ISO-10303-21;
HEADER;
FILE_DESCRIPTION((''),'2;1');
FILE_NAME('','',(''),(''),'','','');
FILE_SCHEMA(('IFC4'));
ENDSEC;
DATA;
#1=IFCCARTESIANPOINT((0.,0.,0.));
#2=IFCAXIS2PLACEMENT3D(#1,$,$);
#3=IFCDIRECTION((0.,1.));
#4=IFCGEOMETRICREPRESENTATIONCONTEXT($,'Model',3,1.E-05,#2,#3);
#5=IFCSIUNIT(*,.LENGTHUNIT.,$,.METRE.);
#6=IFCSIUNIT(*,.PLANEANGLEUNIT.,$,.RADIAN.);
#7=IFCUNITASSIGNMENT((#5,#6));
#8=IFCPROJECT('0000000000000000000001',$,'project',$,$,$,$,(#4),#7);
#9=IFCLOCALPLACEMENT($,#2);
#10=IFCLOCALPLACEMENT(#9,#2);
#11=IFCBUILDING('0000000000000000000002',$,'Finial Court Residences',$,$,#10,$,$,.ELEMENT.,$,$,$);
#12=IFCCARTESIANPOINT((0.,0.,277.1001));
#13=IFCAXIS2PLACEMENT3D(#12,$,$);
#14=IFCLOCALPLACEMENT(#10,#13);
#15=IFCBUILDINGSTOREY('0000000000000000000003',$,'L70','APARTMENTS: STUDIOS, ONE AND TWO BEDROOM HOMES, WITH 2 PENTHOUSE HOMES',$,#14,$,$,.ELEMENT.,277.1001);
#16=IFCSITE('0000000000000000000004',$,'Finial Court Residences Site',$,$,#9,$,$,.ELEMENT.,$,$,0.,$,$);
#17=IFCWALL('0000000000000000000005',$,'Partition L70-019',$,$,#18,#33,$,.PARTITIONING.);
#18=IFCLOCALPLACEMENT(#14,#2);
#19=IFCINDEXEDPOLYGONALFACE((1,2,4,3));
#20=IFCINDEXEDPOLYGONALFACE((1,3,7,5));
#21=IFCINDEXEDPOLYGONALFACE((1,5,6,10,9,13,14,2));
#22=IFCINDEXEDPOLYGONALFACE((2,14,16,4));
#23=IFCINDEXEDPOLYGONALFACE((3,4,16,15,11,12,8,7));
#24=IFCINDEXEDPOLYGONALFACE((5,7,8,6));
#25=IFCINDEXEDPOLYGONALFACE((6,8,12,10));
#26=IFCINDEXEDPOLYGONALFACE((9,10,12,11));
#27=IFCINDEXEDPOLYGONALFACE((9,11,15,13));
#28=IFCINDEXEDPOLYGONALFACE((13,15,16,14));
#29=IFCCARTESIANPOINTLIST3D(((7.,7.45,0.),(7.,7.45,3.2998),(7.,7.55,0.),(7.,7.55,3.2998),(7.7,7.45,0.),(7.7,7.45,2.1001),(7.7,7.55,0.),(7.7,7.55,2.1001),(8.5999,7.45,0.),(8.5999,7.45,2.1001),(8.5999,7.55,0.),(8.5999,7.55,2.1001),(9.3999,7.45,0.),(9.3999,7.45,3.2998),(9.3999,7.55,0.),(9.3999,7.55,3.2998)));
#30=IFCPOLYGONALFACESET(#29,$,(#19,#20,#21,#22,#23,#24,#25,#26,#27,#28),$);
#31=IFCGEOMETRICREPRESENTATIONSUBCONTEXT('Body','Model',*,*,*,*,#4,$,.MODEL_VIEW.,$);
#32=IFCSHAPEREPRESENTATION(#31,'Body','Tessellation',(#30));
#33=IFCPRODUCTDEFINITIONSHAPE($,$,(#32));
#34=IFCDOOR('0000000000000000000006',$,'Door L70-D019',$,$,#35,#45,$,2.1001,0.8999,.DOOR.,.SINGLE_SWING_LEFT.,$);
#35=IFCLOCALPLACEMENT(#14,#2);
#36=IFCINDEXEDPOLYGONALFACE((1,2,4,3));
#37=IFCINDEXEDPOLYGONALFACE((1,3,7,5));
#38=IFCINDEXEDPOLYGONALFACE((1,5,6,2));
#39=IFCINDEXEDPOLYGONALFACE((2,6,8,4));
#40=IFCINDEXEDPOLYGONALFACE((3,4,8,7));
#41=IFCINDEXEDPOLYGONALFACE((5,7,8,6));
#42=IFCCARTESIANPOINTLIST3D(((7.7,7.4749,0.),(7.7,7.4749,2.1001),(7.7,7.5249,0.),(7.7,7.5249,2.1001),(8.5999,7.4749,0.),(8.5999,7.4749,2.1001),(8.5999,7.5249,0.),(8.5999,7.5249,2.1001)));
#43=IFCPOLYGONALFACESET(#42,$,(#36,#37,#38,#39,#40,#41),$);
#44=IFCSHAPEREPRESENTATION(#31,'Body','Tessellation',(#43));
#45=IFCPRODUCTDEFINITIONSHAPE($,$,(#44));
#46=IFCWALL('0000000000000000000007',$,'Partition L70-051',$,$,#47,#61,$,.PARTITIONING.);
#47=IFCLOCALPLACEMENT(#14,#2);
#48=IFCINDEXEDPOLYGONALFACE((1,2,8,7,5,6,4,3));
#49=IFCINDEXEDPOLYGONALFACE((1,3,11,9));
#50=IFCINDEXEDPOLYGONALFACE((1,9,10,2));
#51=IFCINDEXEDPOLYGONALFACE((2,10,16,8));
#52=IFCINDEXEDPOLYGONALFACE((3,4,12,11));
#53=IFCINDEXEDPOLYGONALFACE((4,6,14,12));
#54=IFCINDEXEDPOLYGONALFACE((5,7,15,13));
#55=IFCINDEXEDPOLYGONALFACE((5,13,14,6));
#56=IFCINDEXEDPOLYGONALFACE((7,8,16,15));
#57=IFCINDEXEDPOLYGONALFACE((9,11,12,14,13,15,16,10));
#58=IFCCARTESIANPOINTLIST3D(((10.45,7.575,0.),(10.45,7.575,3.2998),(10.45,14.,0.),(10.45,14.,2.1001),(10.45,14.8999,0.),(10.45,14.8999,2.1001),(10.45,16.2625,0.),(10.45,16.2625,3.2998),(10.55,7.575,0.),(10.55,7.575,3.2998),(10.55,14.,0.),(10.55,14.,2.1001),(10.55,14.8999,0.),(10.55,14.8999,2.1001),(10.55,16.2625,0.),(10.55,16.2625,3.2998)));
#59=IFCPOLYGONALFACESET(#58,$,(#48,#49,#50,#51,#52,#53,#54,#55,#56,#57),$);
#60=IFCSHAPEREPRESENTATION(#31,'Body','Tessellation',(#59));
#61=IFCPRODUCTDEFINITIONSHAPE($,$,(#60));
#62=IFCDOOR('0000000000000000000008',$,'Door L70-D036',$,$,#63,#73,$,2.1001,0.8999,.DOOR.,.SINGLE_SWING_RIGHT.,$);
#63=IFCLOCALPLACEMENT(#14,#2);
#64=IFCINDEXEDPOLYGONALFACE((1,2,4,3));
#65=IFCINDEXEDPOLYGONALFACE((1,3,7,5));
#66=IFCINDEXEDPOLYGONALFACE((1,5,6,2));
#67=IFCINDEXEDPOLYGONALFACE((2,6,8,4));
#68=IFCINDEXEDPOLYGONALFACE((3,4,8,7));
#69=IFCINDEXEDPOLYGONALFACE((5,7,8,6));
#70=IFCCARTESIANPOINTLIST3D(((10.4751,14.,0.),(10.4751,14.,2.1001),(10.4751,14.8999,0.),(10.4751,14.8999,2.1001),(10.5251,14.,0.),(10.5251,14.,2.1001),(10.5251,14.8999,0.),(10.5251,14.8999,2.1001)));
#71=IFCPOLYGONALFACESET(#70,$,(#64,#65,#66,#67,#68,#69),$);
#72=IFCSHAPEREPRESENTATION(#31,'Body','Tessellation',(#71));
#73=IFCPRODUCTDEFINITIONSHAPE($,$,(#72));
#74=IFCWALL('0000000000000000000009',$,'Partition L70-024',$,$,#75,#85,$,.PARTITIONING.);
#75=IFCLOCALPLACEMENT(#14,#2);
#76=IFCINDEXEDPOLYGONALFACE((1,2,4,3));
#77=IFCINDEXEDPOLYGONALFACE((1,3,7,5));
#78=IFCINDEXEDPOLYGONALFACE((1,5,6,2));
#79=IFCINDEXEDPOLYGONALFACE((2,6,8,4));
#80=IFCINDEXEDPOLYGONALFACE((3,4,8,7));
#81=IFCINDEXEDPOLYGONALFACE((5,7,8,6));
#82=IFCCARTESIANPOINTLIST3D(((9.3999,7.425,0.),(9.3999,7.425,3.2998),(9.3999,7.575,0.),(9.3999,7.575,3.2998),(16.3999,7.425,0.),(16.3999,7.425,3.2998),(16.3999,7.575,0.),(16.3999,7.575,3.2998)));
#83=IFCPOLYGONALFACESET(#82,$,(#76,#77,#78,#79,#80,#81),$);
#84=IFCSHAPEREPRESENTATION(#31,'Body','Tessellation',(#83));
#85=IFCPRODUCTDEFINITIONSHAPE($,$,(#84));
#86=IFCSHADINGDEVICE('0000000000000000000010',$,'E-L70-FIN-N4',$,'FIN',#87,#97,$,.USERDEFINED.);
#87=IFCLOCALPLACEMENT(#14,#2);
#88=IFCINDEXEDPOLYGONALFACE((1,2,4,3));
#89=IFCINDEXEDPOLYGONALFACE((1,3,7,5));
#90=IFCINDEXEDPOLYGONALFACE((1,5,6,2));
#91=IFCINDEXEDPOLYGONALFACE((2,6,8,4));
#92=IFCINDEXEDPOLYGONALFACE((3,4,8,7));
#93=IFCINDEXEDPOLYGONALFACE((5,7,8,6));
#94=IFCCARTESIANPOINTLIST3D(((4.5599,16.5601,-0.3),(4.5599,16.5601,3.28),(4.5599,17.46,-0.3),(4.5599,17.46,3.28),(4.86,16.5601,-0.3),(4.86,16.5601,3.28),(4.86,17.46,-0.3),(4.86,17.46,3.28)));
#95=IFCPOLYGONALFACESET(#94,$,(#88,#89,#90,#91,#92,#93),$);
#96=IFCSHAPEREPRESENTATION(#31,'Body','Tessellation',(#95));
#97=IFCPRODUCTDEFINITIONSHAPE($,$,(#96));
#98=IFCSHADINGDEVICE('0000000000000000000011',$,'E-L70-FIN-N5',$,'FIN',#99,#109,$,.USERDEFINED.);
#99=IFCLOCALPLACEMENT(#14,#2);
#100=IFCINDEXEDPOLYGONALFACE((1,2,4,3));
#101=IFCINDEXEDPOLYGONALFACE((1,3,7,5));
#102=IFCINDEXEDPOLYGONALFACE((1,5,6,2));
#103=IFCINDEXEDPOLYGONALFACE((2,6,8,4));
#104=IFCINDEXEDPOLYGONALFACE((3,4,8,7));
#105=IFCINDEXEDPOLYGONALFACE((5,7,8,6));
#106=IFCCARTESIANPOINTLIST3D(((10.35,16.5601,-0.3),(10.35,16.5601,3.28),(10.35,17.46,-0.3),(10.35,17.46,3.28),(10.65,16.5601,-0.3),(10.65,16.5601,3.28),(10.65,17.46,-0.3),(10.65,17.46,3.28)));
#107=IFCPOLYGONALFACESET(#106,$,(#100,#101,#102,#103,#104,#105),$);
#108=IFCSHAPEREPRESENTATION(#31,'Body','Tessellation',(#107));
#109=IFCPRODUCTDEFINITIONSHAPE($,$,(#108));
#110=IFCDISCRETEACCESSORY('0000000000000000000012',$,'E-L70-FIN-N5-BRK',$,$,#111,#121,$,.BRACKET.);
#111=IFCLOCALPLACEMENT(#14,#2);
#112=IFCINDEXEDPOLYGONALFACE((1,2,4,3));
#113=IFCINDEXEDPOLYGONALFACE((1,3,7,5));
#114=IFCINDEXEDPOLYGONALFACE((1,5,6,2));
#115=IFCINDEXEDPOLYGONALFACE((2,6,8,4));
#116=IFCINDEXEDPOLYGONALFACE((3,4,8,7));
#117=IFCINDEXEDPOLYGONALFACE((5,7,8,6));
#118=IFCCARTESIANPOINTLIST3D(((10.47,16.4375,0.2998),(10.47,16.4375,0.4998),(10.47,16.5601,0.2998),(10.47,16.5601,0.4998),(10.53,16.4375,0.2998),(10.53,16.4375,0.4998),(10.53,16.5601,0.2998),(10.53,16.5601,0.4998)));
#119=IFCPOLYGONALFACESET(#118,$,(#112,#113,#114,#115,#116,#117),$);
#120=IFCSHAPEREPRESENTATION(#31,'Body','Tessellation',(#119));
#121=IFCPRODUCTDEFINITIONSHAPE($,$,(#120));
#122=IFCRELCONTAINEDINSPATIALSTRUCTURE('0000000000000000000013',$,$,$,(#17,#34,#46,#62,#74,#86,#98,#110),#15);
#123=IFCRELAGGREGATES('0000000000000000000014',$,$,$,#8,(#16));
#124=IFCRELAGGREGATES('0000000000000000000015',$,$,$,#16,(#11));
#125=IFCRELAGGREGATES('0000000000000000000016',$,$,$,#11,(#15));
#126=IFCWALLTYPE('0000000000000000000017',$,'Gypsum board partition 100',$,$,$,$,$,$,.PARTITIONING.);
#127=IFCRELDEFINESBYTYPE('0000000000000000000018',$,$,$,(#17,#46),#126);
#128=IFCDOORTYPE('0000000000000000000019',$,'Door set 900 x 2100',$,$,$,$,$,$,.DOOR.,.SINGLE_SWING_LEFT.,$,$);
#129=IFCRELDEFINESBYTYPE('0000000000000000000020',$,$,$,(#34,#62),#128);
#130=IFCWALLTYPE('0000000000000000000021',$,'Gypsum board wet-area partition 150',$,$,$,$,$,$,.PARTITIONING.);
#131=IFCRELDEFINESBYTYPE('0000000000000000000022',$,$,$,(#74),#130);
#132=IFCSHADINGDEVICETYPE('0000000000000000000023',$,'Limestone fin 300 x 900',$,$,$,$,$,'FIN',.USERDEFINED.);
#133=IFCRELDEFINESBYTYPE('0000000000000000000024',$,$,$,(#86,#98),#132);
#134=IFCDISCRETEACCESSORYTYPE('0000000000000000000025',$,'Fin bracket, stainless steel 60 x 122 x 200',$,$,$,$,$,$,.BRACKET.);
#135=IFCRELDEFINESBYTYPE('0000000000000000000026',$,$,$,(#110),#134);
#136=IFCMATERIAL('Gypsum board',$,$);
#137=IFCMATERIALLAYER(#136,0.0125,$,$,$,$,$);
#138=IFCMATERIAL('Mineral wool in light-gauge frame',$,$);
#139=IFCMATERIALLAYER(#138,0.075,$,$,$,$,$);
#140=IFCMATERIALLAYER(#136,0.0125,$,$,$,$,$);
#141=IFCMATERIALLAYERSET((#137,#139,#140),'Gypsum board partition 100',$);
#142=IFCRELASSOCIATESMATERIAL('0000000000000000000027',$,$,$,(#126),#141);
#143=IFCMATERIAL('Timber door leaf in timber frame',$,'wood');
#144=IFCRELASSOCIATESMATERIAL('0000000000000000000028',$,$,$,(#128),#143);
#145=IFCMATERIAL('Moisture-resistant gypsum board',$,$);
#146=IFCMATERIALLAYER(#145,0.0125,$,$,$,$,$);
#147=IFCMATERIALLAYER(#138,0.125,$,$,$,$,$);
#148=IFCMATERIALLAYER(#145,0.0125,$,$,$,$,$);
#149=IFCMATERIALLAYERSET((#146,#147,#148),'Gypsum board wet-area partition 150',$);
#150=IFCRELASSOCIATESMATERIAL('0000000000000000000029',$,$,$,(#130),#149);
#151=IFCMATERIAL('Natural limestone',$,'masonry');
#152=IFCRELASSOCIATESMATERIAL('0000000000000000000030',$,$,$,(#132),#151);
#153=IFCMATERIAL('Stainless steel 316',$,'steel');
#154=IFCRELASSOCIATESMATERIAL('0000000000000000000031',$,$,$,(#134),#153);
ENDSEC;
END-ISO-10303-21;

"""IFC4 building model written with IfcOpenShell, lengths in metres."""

from ifc_helpers import new_model, si_unit, direction, frame, frame_2d, origin, origin_2d, place, context, subcontext, project, spatial, rectangle, extrude, material, layer, layer_set, type_object, element, fill, save


model = new_model("IFC4")

# Units and contexts
model_context = context("Model", 3, precision=1e-05, world=origin(), true_north=direction((0.0, 1.0)))
body_context = subcontext(model_context, "Body", "Model", "MODEL_VIEW")
ifc_project = project(units=[si_unit("LENGTHUNIT", "METRE"), si_unit("PLANEANGLEUNIT", "RADIAN")], contexts=[model_context])

# Site, building, storey
site_placement = place(None, origin())
site = spatial("IfcSite", under=ifc_project, at=site_placement, Name="Finial Court Residences Site", CompositionType="ELEMENT", RefElevation=0.0)
building_placement = place(site_placement, origin())
building = spatial("IfcBuilding", under=site, at=building_placement, Name="Finial Court Residences", CompositionType="ELEMENT")
storey_placement = place(building_placement, frame((0.0, 0.0, 277.1001)))
storey = spatial("IfcBuildingStorey", under=building, at=storey_placement, Name="L70", Description="APARTMENTS: STUDIOS, ONE AND TWO BEDROOM HOMES, WITH 2 PENTHOUSE HOMES", CompositionType="ELEMENT", Elevation=277.1001)

# Shared definitions
ifc_material_1 = material(Name="Gypsum board")

# Walls, openings, doors
ifc_layer_1 = layer(ifc_material_1, 0.0125)
ifc_material_2 = material(Name="Mineral wool in light-gauge frame")
ifc_layer_2 = layer(ifc_material_2, 0.075)
ifc_layer_3 = layer(ifc_material_1, 0.0125)
ifc_layer_set_1 = layer_set([ifc_layer_1, ifc_layer_2, ifc_layer_3], Name="Gypsum board partition 100")
wall_type_1 = type_object("IfcWallType", Name="Gypsum board partition 100", PredefinedType="PARTITIONING", material=ifc_layer_set_1)
wall_1_placement = place(storey_placement, frame((7.0, 7.5, 0.0), z_axis=(0.0, 0.0, 1.0), x_axis=(1.0, 0.0, 0.0)))
wall_1 = element("IfcWall", 1, at=wall_1_placement, inside=storey, type_object=wall_type_1, Name="Partition L70-019", PredefinedType="PARTITIONING", context=body_context, shape_type="SweptSolid", body=[
    extrude(rectangle(XDim=2.3999, YDim=0.1001, at=frame_2d((1.2, 0.0))), origin(), (0.0, 0.0, 1.0), 3.2998),
])
opening_1_placement = place(wall_1_placement, frame((0.7, 0.0, 0.0)))
opening_1 = element("IfcOpeningElement", 2, at=opening_1_placement, cuts=wall_1, PredefinedType="OPENING", context=body_context, shape_type="SweptSolid", body=[
    extrude(rectangle(XDim=0.8999, YDim=2.1001, at=frame_2d((0.45, 1.05))), frame((0.0, 0.0601, 0.0), z_axis=(0.0, -1.0, 0.0), x_axis=(1.0, 0.0, 0.0)), (0.0, 0.0, 1.0), 0.1201),
])
ifc_material_3 = material(Name="Timber door leaf in timber frame", Category="wood")
door_type = type_object("IfcDoorType", Name="Door set 900 x 2100", OperationType="SINGLE_SWING_LEFT", PredefinedType="DOOR", material=ifc_material_3)
door_1_placement = place(opening_1_placement, origin())
door_1 = element("IfcDoor", 3, at=door_1_placement, inside=storey, type_object=door_type, Name="Door L70-D019", OperationType="SINGLE_SWING_LEFT", OverallHeight=2.1001, OverallWidth=0.8999, PredefinedType="DOOR", context=body_context, shape_type="SweptSolid", body=[
    extrude(rectangle(XDim=0.8999, YDim=2.1001, at=frame_2d((0.45, 1.05))), frame((0.0, 0.0249, 0.0), z_axis=(0.0, -1.0, 0.0), x_axis=(1.0, 0.0, 0.0)), (0.0, 0.0, 1.0), 0.05),
])
fill(opening_1, door_1)
wall_2_placement = place(storey_placement, frame((10.5, 7.575, 0.0), z_axis=(0.0, 0.0, 1.0), x_axis=(0.0, 1.0, 0.0)))
wall_2 = element("IfcWall", 4, at=wall_2_placement, inside=storey, type_object=wall_type_1, Name="Partition L70-051", PredefinedType="PARTITIONING", context=body_context, shape_type="SweptSolid", body=[
    extrude(rectangle(XDim=8.6875, YDim=0.1001, at=frame_2d((4.3438, 0.0))), origin(), (0.0, 0.0, 1.0), 3.2998),
])
opening_2_placement = place(wall_2_placement, frame((6.425, 0.0, 0.0)))
opening_2 = element("IfcOpeningElement", 5, at=opening_2_placement, cuts=wall_2, PredefinedType="OPENING", context=body_context, shape_type="SweptSolid", body=[
    extrude(rectangle(XDim=0.8999, YDim=2.1001, at=frame_2d((0.45, 1.05))), frame((0.0, 0.0601, 0.0), z_axis=(0.0, -1.0, 0.0), x_axis=(1.0, 0.0, 0.0)), (0.0, 0.0, 1.0), 0.1201),
])
door_2_placement = place(opening_2_placement, origin())
door_2 = element("IfcDoor", 6, at=door_2_placement, inside=storey, type_object=door_type, Name="Door L70-D036", OperationType="SINGLE_SWING_RIGHT", OverallHeight=2.1001, OverallWidth=0.8999, PredefinedType="DOOR", context=body_context, shape_type="SweptSolid", body=[
    extrude(rectangle(XDim=0.8999, YDim=2.1001, at=frame_2d((0.45, 1.05))), frame((0.0, 0.0249, 0.0), z_axis=(0.0, -1.0, 0.0), x_axis=(1.0, 0.0, 0.0)), (0.0, 0.0, 1.0), 0.05),
])
fill(opening_2, door_2)

# Wall
ifc_material_4 = material(Name="Moisture-resistant gypsum board")
ifc_layer_4 = layer(ifc_material_4, 0.0125)
ifc_layer_5 = layer(ifc_material_2, 0.125)
ifc_layer_6 = layer(ifc_material_4, 0.0125)
ifc_layer_set_2 = layer_set([ifc_layer_4, ifc_layer_5, ifc_layer_6], Name="Gypsum board wet-area partition 150")
wall_type_2 = type_object("IfcWallType", Name="Gypsum board wet-area partition 150", PredefinedType="PARTITIONING", material=ifc_layer_set_2)
wall_3_placement = place(storey_placement, frame((9.3999, 7.5, 0.0), z_axis=(0.0, 0.0, 1.0), x_axis=(1.0, 0.0, 0.0)))
element("IfcWall", 7, at=wall_3_placement, inside=storey, type_object=wall_type_2, Name="Partition L70-024", PredefinedType="PARTITIONING", context=body_context, shape_type="SweptSolid", body=[
    extrude(rectangle(XDim=7.0, YDim=0.1499, at=frame_2d((3.5, 0.0))), origin(), (0.0, 0.0, 1.0), 3.2998),
])

# Shading devices
ifc_material_5 = material(Name="Natural limestone", Category="masonry")
shading_device_type = type_object("IfcShadingDeviceType", Name="Limestone fin 300 x 900", ElementType="FIN", PredefinedType="USERDEFINED", material=ifc_material_5)
for number, where, z_axis, x_axis, name in (
    (8, (4.71, 17.01, -0.3), (0.0, 0.0, 1.0), (1.0, 0.0, 0.0), "E-L70-FIN-N4"),
    (9, (10.5, 17.01, -0.3), (0.0, 0.0, 1.0), (1.0, 0.0, 0.0), "E-L70-FIN-N5"),
):
    element("IfcShadingDevice", number, at=place(storey_placement, frame(where, z_axis=z_axis, x_axis=x_axis)), inside=storey, type_object=shading_device_type, Name=name, ObjectType="FIN", PredefinedType="USERDEFINED", context=body_context, shape_type="SweptSolid", body=[
        extrude(rectangle(XDim=0.3, YDim=0.8999, at=origin_2d()), origin(), (0.0, 0.0, 1.0), 3.5801),
    ])

# Discrete accessory
ifc_material_6 = material(Name="Stainless steel 316", Category="steel")
discrete_accessory_type = type_object("IfcDiscreteAccessoryType", Name="Fin bracket, stainless steel 60 x 122 x 200", PredefinedType="BRACKET", material=ifc_material_6)
discrete_accessory_placement = place(storey_placement, frame((10.5, 16.4988, 0.2998), z_axis=(0.0, 0.0, 1.0), x_axis=(1.0, 0.0, 0.0)))
element("IfcDiscreteAccessory", 10, at=discrete_accessory_placement, inside=storey, type_object=discrete_accessory_type, Name="E-L70-FIN-N5-BRK", PredefinedType="BRACKET", context=body_context, shape_type="SweptSolid", body=[
    extrude(rectangle(XDim=0.0601, YDim=0.1226, at=origin_2d()), origin(), (0.0, 0.0, 1.0), 0.2),
])

save(model, "model.ifc")
